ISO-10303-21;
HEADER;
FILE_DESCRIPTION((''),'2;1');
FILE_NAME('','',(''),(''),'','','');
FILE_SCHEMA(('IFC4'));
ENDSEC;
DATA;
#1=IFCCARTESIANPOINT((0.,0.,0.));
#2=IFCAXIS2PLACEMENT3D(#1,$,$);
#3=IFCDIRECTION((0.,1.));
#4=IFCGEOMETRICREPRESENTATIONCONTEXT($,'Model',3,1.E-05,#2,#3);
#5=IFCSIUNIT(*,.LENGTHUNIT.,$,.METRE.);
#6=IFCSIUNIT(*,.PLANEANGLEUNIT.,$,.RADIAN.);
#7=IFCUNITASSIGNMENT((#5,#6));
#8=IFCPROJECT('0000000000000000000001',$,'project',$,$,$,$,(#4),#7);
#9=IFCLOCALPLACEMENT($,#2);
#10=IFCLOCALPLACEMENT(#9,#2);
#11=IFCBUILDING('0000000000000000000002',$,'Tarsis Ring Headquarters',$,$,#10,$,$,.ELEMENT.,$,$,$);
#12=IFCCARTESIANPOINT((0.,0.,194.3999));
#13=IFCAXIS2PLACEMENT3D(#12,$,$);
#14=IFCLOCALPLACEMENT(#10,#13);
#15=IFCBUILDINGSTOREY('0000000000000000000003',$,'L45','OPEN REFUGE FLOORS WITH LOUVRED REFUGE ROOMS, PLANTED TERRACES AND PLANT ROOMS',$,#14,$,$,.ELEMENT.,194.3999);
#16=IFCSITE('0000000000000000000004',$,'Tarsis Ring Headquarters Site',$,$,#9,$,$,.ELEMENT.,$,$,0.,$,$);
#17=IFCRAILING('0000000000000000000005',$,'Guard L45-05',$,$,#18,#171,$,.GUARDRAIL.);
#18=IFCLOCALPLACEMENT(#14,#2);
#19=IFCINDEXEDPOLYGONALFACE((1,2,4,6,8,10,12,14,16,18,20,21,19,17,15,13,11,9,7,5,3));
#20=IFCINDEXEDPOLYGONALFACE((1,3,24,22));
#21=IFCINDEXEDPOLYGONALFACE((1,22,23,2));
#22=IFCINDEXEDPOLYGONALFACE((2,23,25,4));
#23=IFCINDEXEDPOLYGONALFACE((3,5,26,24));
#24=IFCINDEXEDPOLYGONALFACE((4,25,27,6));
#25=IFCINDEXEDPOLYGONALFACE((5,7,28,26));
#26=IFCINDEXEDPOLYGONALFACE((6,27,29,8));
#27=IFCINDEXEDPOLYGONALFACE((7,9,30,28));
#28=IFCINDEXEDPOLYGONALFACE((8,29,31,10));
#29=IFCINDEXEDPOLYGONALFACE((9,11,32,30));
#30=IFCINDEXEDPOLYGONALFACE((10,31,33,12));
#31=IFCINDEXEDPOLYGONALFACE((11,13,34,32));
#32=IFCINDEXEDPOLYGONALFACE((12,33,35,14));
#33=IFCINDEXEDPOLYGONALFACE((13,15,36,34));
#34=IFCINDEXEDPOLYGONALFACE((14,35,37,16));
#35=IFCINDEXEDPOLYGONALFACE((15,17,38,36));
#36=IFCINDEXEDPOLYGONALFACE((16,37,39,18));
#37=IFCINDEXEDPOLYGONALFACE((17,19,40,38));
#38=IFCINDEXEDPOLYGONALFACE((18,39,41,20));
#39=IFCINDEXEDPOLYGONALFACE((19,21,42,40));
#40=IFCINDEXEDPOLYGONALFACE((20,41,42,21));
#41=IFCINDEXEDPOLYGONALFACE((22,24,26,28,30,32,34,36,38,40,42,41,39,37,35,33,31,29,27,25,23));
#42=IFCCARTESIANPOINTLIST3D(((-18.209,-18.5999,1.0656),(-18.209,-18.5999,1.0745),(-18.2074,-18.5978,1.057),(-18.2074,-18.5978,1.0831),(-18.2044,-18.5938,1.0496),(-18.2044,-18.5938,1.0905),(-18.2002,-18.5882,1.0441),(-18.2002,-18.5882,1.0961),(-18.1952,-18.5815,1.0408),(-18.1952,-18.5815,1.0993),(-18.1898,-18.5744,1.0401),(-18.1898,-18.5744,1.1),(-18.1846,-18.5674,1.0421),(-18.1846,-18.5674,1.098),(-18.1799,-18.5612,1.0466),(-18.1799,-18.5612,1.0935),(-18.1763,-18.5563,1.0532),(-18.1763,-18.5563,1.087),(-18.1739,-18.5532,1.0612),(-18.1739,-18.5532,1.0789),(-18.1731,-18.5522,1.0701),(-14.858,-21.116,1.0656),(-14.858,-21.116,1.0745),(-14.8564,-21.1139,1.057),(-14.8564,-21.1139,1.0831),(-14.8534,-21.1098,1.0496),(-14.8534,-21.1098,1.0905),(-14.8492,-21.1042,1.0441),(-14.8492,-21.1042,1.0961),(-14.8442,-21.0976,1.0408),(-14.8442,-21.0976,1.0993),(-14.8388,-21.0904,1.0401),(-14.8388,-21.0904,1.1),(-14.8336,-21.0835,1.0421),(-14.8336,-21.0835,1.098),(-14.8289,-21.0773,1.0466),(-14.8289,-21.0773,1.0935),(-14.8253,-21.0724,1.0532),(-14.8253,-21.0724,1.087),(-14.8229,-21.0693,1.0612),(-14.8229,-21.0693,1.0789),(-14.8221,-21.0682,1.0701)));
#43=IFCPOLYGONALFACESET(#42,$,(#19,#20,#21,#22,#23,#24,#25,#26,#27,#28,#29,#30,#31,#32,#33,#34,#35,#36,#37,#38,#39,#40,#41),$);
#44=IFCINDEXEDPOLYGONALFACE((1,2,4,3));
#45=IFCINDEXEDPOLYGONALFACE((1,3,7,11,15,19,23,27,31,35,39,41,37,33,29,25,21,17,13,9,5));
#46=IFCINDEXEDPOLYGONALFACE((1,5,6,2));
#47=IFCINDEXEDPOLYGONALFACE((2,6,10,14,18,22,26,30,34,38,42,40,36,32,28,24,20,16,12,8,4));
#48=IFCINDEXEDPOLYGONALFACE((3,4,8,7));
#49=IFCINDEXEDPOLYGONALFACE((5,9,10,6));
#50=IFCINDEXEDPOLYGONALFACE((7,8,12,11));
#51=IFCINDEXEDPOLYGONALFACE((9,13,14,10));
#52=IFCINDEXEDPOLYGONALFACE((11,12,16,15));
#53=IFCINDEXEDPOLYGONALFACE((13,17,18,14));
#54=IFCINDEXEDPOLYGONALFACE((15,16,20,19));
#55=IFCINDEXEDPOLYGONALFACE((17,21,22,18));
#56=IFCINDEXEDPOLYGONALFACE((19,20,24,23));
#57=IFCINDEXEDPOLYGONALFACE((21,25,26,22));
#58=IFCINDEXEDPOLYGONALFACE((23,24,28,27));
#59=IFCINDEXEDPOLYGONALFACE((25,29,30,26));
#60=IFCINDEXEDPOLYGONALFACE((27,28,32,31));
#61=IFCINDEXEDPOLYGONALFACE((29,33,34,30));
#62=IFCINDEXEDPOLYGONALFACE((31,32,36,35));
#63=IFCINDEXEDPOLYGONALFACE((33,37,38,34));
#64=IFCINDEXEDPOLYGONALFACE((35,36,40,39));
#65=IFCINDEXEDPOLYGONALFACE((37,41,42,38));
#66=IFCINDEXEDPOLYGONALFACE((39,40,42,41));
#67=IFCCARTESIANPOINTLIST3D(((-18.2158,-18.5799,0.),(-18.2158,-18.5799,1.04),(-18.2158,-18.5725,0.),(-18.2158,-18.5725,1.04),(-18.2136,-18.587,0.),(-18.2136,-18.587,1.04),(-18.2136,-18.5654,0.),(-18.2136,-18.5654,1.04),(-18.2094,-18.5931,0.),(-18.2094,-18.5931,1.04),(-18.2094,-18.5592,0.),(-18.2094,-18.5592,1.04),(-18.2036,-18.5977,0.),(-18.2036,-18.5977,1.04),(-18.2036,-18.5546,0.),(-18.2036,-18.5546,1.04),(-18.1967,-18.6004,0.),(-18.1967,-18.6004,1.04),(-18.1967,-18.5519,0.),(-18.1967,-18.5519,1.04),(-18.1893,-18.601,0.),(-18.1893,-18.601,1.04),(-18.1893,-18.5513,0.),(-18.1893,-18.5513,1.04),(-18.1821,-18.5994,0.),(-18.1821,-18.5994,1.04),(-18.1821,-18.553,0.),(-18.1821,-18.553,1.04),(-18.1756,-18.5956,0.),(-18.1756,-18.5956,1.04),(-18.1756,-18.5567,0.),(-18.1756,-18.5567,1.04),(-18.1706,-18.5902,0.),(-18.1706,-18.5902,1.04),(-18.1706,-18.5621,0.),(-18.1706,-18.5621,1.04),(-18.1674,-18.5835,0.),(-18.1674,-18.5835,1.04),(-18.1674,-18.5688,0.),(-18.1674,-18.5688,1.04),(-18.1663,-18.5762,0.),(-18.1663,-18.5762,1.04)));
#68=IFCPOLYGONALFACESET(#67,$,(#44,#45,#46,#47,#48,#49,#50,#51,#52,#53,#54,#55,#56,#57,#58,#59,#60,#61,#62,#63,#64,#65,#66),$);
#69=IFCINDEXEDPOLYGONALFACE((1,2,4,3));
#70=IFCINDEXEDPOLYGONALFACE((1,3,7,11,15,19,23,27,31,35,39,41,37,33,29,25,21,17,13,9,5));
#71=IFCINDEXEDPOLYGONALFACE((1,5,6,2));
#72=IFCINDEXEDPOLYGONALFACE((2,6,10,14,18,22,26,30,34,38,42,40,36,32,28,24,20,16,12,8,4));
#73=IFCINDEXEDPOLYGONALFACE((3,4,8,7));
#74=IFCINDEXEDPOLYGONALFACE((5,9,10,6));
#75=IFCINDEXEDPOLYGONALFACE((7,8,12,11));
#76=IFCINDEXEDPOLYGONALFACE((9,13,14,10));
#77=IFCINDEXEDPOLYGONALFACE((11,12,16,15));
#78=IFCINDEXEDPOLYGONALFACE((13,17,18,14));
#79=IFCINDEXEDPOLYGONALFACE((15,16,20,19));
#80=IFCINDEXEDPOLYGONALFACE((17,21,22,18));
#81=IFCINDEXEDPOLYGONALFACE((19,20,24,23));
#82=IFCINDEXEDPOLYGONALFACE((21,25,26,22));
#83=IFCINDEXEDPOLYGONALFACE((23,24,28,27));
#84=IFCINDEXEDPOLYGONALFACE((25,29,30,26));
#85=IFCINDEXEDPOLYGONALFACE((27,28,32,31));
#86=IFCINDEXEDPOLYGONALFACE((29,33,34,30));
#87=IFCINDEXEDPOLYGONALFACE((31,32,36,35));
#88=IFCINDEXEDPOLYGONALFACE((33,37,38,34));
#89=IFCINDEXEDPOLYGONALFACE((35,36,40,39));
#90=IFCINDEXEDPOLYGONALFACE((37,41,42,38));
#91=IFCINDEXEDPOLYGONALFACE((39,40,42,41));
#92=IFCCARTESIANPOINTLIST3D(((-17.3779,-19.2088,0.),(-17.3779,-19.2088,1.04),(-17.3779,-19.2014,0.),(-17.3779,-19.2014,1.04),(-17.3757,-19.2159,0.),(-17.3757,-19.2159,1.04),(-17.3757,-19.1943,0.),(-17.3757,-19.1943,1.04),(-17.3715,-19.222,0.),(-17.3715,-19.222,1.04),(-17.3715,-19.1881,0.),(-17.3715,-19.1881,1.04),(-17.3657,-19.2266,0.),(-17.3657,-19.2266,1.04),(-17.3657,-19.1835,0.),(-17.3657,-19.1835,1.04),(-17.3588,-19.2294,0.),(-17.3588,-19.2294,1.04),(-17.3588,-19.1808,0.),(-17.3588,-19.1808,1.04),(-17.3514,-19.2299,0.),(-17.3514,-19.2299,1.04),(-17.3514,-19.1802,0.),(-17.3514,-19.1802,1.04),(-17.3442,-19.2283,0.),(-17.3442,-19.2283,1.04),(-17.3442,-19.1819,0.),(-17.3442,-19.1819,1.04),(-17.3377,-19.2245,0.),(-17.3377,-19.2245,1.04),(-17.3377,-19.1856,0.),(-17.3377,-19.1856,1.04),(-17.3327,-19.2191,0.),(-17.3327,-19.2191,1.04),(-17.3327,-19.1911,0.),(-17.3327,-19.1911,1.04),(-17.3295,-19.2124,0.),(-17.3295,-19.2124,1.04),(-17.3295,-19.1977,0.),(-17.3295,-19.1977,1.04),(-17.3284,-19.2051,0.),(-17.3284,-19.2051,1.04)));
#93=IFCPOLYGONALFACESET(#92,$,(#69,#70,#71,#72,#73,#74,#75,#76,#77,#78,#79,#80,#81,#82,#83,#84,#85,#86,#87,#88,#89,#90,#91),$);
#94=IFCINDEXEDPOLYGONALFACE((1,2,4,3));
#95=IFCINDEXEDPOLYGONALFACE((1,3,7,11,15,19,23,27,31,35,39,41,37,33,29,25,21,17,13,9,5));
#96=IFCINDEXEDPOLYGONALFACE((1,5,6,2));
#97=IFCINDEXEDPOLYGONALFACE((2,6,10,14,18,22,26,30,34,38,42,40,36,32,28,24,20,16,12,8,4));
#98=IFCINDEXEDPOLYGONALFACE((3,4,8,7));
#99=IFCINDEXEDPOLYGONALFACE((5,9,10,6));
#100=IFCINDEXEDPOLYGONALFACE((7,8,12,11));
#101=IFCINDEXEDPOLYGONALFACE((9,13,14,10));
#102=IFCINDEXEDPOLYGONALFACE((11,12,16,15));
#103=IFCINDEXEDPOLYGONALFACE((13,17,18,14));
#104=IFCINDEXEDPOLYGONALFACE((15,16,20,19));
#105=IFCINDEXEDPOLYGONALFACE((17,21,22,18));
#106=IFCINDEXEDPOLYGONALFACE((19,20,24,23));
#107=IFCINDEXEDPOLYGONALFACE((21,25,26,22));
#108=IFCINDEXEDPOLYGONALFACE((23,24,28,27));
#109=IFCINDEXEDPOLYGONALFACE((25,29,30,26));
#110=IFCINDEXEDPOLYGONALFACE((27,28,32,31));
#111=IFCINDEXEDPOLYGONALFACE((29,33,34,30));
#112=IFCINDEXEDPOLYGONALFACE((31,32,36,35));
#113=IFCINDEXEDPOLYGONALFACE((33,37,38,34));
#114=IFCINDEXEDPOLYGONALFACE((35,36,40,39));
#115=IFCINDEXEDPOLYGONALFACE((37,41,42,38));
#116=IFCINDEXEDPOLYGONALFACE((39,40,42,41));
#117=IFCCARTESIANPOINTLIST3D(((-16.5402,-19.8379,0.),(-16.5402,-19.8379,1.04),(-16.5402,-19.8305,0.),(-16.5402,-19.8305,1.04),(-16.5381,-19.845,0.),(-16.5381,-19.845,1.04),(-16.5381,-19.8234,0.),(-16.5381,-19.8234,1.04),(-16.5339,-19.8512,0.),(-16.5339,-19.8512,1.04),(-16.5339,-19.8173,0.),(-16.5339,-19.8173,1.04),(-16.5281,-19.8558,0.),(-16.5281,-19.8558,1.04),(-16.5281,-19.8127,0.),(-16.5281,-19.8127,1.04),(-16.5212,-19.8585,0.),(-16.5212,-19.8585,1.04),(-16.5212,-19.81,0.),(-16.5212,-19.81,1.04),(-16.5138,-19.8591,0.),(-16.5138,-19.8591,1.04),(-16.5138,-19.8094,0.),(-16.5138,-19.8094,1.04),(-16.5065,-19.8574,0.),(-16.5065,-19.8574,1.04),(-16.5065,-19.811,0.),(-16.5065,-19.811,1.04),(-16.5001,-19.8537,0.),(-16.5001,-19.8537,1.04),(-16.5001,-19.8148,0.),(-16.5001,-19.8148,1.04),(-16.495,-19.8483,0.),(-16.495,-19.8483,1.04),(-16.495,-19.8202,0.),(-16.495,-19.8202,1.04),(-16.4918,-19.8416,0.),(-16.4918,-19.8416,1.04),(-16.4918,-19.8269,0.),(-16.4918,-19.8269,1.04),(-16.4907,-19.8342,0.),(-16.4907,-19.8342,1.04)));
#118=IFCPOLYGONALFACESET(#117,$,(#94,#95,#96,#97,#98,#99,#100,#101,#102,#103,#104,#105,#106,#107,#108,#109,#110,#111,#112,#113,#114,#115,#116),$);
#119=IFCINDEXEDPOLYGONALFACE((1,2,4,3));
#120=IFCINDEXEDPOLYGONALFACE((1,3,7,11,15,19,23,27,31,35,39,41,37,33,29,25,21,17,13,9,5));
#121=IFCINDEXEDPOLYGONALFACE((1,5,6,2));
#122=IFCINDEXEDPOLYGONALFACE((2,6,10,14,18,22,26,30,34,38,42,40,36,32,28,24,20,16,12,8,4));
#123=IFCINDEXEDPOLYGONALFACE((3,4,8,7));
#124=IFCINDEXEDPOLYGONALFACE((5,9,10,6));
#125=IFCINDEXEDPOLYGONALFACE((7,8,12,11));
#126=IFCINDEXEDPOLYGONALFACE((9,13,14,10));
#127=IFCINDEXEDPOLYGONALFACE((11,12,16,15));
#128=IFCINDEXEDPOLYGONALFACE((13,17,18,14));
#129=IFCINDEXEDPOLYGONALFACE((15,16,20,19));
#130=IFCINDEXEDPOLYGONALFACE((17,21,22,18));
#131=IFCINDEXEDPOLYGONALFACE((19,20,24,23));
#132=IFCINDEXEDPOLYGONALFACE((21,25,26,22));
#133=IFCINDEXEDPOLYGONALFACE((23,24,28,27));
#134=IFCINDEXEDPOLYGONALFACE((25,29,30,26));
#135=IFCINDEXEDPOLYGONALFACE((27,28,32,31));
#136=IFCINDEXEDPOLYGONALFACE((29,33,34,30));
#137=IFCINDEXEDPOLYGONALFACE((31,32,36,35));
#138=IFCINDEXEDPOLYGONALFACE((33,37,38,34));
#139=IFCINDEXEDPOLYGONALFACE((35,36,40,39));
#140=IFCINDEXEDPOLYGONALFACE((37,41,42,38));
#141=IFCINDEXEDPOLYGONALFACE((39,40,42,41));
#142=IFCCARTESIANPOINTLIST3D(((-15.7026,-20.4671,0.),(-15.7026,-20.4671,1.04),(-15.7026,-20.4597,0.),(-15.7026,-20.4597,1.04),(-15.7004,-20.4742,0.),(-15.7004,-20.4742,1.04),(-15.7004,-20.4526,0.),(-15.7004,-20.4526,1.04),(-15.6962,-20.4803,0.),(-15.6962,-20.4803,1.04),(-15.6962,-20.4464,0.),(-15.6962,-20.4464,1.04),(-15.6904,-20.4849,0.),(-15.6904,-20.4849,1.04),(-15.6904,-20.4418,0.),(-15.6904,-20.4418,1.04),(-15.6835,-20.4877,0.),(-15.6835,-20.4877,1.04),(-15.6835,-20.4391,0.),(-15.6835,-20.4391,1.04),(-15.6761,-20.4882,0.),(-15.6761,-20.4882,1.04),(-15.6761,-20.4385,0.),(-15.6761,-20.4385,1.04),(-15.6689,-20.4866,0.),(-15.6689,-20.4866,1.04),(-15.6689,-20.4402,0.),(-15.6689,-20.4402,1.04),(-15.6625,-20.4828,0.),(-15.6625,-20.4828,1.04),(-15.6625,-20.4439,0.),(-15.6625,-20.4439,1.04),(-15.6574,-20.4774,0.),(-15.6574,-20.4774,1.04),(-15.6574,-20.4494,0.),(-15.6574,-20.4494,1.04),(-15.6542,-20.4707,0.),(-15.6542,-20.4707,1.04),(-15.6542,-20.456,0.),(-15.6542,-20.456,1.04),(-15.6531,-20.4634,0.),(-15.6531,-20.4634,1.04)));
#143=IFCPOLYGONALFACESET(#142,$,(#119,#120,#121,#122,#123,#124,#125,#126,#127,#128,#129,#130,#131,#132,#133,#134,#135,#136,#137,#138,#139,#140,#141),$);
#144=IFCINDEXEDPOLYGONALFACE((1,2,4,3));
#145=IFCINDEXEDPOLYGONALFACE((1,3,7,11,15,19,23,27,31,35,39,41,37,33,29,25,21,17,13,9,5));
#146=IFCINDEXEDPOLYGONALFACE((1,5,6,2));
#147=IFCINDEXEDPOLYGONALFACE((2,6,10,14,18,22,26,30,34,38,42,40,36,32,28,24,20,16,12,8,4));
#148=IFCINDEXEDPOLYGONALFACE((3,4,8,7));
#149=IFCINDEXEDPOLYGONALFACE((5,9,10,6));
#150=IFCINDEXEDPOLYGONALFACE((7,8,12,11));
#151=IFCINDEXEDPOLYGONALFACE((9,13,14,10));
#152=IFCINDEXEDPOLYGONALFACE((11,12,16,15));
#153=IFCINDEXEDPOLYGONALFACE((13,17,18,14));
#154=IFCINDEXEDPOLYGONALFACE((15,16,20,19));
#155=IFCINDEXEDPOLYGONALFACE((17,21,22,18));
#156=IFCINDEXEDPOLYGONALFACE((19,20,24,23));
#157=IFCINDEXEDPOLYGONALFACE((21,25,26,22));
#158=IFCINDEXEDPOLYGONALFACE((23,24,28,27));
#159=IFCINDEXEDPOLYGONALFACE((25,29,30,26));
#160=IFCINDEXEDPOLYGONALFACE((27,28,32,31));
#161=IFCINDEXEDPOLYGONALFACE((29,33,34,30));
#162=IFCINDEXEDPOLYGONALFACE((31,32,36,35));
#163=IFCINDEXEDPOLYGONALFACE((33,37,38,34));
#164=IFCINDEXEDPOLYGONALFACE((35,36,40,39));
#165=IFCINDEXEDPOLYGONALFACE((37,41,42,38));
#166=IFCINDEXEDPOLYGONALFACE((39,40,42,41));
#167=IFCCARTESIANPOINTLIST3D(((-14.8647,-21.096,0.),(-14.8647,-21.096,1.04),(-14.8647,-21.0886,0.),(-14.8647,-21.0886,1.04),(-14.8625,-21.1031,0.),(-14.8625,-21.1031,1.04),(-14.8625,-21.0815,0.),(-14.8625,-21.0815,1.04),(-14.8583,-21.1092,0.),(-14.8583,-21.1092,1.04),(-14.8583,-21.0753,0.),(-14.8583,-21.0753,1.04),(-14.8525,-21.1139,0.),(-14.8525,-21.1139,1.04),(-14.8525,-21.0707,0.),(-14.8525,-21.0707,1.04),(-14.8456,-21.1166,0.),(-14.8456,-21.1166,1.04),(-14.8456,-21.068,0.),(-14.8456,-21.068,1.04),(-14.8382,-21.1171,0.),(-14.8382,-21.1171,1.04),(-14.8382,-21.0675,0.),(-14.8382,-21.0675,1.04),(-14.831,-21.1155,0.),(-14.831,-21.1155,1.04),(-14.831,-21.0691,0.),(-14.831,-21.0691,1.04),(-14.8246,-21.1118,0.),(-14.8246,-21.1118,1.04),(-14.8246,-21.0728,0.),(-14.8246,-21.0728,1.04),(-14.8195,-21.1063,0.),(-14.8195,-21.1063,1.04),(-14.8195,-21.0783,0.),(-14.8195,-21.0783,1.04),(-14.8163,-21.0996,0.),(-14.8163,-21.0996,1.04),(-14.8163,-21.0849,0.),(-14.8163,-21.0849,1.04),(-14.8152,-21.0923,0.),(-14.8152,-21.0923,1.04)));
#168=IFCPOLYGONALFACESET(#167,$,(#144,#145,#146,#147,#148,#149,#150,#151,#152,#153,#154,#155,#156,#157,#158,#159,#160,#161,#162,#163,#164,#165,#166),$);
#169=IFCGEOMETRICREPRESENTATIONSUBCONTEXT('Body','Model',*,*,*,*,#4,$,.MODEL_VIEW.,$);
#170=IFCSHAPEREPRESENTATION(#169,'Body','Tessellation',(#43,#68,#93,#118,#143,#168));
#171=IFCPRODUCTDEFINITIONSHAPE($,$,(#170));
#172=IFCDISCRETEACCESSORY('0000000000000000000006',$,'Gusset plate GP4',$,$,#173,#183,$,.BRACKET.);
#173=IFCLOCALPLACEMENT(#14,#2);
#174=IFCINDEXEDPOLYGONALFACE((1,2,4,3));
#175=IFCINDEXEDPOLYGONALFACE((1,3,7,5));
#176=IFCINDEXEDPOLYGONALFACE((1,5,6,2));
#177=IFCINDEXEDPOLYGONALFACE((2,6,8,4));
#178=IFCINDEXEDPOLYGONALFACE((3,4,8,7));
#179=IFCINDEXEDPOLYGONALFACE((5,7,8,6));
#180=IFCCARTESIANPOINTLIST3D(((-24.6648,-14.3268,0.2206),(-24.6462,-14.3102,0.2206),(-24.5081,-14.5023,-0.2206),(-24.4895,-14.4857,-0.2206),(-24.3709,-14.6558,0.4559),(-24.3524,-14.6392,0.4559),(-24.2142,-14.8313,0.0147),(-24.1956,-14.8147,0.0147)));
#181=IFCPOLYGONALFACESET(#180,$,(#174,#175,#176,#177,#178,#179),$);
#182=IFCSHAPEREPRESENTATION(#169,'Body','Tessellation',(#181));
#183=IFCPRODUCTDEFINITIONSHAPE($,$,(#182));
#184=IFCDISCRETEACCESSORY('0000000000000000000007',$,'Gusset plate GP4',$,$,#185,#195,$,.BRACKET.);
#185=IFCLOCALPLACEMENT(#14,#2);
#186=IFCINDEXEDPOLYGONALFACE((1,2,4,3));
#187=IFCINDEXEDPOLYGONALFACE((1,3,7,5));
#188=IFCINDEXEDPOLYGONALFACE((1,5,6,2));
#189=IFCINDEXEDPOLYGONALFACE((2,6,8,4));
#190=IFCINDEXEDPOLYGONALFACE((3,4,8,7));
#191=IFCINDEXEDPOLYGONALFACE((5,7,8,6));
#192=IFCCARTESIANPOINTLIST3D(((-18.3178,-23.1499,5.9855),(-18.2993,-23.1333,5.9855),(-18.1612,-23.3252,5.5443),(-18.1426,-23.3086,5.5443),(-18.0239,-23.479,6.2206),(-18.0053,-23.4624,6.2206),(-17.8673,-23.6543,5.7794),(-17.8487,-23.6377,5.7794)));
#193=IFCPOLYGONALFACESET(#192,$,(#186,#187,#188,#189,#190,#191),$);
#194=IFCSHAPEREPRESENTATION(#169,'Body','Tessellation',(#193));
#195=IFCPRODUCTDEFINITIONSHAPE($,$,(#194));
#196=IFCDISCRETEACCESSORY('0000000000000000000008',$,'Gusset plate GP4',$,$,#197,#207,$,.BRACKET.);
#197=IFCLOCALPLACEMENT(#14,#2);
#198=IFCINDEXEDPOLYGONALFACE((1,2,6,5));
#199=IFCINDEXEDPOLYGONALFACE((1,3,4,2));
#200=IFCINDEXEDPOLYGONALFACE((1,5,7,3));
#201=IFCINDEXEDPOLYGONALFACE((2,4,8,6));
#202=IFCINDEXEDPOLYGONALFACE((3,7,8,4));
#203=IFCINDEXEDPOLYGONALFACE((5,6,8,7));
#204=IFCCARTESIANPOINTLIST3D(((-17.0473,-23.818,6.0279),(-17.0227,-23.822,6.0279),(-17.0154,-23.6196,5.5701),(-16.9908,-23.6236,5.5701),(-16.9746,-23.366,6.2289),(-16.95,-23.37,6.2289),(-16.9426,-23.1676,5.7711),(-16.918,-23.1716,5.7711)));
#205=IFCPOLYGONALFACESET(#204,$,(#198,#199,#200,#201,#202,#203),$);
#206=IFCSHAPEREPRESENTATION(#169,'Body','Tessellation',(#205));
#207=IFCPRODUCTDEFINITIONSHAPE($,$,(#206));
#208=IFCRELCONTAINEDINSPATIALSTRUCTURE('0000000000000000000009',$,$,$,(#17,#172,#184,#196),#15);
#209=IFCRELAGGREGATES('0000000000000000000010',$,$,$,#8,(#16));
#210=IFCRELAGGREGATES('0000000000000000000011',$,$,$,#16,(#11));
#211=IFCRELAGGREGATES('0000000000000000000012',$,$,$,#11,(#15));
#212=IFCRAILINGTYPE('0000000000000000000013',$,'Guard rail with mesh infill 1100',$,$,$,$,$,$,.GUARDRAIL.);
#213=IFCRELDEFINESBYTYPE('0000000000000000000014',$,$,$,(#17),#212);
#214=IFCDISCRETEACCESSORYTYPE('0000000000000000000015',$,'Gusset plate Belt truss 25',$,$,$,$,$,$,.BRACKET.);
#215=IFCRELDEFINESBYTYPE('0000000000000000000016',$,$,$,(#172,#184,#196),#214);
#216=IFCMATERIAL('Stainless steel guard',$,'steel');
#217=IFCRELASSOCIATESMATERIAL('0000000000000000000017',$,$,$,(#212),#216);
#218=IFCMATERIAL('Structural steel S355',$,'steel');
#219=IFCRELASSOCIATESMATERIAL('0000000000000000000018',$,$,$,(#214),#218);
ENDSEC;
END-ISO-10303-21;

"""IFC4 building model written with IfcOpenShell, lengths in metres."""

from ifc_helpers import new_model, si_unit, direction, frame, origin, origin_2d, place, context, subcontext, project, spatial, rectangle, circle, extrude, material, material_profile, profile_set, type_object, element, save


model = new_model("IFC4")

# Units and contexts
model_context = context("Model", 3, precision=1e-05, world=origin(), true_north=direction((0.0, 1.0)))
body_context = subcontext(model_context, "Body", "Model", "MODEL_VIEW")
ifc_project = project(units=[si_unit("LENGTHUNIT", "METRE"), si_unit("PLANEANGLEUNIT", "RADIAN")], contexts=[model_context])

# Site, building, storey
site_placement = place(None, origin())
site = spatial("IfcSite", under=ifc_project, at=site_placement, Name="Tarsis Ring Headquarters Site", CompositionType="ELEMENT", RefElevation=0.0)
building_placement = place(site_placement, origin())
building = spatial("IfcBuilding", under=site, at=building_placement, Name="Tarsis Ring Headquarters", CompositionType="ELEMENT")
storey_placement = place(building_placement, frame((0.0, 0.0, 194.3999)))
storey = spatial("IfcBuildingStorey", under=building, at=storey_placement, Name="L45", Description="OPEN REFUGE FLOORS WITH LOUVRED REFUGE ROOMS, PLANTED TERRACES AND PLANT ROOMS", CompositionType="ELEMENT", Elevation=194.3999)

# Shared definitions
ifc_material_1 = material(Name="Structural steel S355", Category="steel")

# Railing
ifc_material_2 = material(Name="Stainless steel guard", Category="steel")
railing_type = type_object("IfcRailingType", Name="Guard rail with mesh infill 1100", PredefinedType="GUARDRAIL", material=ifc_material_2)
railing_1_placement = place(storey_placement, frame((-18.1912, -18.5762, 0.0)))
element("IfcRailing", 1, at=railing_1_placement, inside=storey, type_object=railing_type, Name="Guard L45-05", PredefinedType="GUARDRAIL", context=body_context, shape_type="SweptSolid", body=[
    extrude(circle(Radius=0.03, at=origin_2d()), frame((0.0, 0.0, 1.0701), z_axis=(0.799678, -0.600429, 0.0), x_axis=(0.600429, 0.799678, 0.0)), (0.0, 0.0, 1.0), 4.1904),
    extrude(circle(Radius=0.0249, at=origin_2d()), origin(), (0.0, 0.0, 1.0), 1.04),
    extrude(circle(Radius=0.0249, at=origin_2d()), frame((0.8379, -0.6289, 0.0)), (0.0, 0.0, 1.0), 1.04),
    extrude(circle(Radius=0.0249, at=origin_2d()), frame((1.6755, -1.2581, 0.0)), (0.0, 0.0, 1.0), 1.04),
    extrude(circle(Radius=0.0249, at=origin_2d()), frame((2.5132, -1.8872, 0.0)), (0.0, 0.0, 1.0), 1.04),
    extrude(circle(Radius=0.0249, at=origin_2d()), frame((3.3511, -2.5161, 0.0)), (0.0, 0.0, 1.0), 1.04),
])

# Discrete accessories
ifc_material_profile_1 = material_profile(ifc_material_1, rectangle(XDim=0.0249, YDim=0.5, at=origin_2d()), Name="PL 25x500")
ifc_profile_set_1 = profile_set([ifc_material_profile_1], Name="Structural steel S355")
discrete_accessory_type = type_object("IfcDiscreteAccessoryType", Name="Gusset plate Belt truss 25", PredefinedType="BRACKET", material=ifc_profile_set_1)
for number, where, z_axis, x_axis, name in (
    (2, (-24.5771, -14.4062, 0.0), (0.587771, -0.658069, 0.470607), (0.74582, 0.666148, 0.0), "Gusset plate GP4"),
    (3, (-17.9363, -23.5583, 6.0), (-0.587906, 0.65822, -0.470227), (-0.74582, -0.666148, 0.0), "Gusset plate GP4"),
    (4, (-16.9463, -23.2688, 6.0), (-0.145542, -0.904021, -0.40195), (0.987287, -0.158947, 0.0), "Gusset plate GP4"),
):
    element("IfcDiscreteAccessory", number, at=place(storey_placement, frame(where, z_axis=z_axis, x_axis=x_axis)), inside=storey, type_object=discrete_accessory_type, Name=name, PredefinedType="BRACKET", context=body_context, shape_type="SweptSolid", body=[
        extrude(rectangle(XDim=0.0249, YDim=0.5, at=origin_2d()), origin(), (0.0, 0.0, 1.0), 0.5),
    ])

save(model, "model.ifc")
